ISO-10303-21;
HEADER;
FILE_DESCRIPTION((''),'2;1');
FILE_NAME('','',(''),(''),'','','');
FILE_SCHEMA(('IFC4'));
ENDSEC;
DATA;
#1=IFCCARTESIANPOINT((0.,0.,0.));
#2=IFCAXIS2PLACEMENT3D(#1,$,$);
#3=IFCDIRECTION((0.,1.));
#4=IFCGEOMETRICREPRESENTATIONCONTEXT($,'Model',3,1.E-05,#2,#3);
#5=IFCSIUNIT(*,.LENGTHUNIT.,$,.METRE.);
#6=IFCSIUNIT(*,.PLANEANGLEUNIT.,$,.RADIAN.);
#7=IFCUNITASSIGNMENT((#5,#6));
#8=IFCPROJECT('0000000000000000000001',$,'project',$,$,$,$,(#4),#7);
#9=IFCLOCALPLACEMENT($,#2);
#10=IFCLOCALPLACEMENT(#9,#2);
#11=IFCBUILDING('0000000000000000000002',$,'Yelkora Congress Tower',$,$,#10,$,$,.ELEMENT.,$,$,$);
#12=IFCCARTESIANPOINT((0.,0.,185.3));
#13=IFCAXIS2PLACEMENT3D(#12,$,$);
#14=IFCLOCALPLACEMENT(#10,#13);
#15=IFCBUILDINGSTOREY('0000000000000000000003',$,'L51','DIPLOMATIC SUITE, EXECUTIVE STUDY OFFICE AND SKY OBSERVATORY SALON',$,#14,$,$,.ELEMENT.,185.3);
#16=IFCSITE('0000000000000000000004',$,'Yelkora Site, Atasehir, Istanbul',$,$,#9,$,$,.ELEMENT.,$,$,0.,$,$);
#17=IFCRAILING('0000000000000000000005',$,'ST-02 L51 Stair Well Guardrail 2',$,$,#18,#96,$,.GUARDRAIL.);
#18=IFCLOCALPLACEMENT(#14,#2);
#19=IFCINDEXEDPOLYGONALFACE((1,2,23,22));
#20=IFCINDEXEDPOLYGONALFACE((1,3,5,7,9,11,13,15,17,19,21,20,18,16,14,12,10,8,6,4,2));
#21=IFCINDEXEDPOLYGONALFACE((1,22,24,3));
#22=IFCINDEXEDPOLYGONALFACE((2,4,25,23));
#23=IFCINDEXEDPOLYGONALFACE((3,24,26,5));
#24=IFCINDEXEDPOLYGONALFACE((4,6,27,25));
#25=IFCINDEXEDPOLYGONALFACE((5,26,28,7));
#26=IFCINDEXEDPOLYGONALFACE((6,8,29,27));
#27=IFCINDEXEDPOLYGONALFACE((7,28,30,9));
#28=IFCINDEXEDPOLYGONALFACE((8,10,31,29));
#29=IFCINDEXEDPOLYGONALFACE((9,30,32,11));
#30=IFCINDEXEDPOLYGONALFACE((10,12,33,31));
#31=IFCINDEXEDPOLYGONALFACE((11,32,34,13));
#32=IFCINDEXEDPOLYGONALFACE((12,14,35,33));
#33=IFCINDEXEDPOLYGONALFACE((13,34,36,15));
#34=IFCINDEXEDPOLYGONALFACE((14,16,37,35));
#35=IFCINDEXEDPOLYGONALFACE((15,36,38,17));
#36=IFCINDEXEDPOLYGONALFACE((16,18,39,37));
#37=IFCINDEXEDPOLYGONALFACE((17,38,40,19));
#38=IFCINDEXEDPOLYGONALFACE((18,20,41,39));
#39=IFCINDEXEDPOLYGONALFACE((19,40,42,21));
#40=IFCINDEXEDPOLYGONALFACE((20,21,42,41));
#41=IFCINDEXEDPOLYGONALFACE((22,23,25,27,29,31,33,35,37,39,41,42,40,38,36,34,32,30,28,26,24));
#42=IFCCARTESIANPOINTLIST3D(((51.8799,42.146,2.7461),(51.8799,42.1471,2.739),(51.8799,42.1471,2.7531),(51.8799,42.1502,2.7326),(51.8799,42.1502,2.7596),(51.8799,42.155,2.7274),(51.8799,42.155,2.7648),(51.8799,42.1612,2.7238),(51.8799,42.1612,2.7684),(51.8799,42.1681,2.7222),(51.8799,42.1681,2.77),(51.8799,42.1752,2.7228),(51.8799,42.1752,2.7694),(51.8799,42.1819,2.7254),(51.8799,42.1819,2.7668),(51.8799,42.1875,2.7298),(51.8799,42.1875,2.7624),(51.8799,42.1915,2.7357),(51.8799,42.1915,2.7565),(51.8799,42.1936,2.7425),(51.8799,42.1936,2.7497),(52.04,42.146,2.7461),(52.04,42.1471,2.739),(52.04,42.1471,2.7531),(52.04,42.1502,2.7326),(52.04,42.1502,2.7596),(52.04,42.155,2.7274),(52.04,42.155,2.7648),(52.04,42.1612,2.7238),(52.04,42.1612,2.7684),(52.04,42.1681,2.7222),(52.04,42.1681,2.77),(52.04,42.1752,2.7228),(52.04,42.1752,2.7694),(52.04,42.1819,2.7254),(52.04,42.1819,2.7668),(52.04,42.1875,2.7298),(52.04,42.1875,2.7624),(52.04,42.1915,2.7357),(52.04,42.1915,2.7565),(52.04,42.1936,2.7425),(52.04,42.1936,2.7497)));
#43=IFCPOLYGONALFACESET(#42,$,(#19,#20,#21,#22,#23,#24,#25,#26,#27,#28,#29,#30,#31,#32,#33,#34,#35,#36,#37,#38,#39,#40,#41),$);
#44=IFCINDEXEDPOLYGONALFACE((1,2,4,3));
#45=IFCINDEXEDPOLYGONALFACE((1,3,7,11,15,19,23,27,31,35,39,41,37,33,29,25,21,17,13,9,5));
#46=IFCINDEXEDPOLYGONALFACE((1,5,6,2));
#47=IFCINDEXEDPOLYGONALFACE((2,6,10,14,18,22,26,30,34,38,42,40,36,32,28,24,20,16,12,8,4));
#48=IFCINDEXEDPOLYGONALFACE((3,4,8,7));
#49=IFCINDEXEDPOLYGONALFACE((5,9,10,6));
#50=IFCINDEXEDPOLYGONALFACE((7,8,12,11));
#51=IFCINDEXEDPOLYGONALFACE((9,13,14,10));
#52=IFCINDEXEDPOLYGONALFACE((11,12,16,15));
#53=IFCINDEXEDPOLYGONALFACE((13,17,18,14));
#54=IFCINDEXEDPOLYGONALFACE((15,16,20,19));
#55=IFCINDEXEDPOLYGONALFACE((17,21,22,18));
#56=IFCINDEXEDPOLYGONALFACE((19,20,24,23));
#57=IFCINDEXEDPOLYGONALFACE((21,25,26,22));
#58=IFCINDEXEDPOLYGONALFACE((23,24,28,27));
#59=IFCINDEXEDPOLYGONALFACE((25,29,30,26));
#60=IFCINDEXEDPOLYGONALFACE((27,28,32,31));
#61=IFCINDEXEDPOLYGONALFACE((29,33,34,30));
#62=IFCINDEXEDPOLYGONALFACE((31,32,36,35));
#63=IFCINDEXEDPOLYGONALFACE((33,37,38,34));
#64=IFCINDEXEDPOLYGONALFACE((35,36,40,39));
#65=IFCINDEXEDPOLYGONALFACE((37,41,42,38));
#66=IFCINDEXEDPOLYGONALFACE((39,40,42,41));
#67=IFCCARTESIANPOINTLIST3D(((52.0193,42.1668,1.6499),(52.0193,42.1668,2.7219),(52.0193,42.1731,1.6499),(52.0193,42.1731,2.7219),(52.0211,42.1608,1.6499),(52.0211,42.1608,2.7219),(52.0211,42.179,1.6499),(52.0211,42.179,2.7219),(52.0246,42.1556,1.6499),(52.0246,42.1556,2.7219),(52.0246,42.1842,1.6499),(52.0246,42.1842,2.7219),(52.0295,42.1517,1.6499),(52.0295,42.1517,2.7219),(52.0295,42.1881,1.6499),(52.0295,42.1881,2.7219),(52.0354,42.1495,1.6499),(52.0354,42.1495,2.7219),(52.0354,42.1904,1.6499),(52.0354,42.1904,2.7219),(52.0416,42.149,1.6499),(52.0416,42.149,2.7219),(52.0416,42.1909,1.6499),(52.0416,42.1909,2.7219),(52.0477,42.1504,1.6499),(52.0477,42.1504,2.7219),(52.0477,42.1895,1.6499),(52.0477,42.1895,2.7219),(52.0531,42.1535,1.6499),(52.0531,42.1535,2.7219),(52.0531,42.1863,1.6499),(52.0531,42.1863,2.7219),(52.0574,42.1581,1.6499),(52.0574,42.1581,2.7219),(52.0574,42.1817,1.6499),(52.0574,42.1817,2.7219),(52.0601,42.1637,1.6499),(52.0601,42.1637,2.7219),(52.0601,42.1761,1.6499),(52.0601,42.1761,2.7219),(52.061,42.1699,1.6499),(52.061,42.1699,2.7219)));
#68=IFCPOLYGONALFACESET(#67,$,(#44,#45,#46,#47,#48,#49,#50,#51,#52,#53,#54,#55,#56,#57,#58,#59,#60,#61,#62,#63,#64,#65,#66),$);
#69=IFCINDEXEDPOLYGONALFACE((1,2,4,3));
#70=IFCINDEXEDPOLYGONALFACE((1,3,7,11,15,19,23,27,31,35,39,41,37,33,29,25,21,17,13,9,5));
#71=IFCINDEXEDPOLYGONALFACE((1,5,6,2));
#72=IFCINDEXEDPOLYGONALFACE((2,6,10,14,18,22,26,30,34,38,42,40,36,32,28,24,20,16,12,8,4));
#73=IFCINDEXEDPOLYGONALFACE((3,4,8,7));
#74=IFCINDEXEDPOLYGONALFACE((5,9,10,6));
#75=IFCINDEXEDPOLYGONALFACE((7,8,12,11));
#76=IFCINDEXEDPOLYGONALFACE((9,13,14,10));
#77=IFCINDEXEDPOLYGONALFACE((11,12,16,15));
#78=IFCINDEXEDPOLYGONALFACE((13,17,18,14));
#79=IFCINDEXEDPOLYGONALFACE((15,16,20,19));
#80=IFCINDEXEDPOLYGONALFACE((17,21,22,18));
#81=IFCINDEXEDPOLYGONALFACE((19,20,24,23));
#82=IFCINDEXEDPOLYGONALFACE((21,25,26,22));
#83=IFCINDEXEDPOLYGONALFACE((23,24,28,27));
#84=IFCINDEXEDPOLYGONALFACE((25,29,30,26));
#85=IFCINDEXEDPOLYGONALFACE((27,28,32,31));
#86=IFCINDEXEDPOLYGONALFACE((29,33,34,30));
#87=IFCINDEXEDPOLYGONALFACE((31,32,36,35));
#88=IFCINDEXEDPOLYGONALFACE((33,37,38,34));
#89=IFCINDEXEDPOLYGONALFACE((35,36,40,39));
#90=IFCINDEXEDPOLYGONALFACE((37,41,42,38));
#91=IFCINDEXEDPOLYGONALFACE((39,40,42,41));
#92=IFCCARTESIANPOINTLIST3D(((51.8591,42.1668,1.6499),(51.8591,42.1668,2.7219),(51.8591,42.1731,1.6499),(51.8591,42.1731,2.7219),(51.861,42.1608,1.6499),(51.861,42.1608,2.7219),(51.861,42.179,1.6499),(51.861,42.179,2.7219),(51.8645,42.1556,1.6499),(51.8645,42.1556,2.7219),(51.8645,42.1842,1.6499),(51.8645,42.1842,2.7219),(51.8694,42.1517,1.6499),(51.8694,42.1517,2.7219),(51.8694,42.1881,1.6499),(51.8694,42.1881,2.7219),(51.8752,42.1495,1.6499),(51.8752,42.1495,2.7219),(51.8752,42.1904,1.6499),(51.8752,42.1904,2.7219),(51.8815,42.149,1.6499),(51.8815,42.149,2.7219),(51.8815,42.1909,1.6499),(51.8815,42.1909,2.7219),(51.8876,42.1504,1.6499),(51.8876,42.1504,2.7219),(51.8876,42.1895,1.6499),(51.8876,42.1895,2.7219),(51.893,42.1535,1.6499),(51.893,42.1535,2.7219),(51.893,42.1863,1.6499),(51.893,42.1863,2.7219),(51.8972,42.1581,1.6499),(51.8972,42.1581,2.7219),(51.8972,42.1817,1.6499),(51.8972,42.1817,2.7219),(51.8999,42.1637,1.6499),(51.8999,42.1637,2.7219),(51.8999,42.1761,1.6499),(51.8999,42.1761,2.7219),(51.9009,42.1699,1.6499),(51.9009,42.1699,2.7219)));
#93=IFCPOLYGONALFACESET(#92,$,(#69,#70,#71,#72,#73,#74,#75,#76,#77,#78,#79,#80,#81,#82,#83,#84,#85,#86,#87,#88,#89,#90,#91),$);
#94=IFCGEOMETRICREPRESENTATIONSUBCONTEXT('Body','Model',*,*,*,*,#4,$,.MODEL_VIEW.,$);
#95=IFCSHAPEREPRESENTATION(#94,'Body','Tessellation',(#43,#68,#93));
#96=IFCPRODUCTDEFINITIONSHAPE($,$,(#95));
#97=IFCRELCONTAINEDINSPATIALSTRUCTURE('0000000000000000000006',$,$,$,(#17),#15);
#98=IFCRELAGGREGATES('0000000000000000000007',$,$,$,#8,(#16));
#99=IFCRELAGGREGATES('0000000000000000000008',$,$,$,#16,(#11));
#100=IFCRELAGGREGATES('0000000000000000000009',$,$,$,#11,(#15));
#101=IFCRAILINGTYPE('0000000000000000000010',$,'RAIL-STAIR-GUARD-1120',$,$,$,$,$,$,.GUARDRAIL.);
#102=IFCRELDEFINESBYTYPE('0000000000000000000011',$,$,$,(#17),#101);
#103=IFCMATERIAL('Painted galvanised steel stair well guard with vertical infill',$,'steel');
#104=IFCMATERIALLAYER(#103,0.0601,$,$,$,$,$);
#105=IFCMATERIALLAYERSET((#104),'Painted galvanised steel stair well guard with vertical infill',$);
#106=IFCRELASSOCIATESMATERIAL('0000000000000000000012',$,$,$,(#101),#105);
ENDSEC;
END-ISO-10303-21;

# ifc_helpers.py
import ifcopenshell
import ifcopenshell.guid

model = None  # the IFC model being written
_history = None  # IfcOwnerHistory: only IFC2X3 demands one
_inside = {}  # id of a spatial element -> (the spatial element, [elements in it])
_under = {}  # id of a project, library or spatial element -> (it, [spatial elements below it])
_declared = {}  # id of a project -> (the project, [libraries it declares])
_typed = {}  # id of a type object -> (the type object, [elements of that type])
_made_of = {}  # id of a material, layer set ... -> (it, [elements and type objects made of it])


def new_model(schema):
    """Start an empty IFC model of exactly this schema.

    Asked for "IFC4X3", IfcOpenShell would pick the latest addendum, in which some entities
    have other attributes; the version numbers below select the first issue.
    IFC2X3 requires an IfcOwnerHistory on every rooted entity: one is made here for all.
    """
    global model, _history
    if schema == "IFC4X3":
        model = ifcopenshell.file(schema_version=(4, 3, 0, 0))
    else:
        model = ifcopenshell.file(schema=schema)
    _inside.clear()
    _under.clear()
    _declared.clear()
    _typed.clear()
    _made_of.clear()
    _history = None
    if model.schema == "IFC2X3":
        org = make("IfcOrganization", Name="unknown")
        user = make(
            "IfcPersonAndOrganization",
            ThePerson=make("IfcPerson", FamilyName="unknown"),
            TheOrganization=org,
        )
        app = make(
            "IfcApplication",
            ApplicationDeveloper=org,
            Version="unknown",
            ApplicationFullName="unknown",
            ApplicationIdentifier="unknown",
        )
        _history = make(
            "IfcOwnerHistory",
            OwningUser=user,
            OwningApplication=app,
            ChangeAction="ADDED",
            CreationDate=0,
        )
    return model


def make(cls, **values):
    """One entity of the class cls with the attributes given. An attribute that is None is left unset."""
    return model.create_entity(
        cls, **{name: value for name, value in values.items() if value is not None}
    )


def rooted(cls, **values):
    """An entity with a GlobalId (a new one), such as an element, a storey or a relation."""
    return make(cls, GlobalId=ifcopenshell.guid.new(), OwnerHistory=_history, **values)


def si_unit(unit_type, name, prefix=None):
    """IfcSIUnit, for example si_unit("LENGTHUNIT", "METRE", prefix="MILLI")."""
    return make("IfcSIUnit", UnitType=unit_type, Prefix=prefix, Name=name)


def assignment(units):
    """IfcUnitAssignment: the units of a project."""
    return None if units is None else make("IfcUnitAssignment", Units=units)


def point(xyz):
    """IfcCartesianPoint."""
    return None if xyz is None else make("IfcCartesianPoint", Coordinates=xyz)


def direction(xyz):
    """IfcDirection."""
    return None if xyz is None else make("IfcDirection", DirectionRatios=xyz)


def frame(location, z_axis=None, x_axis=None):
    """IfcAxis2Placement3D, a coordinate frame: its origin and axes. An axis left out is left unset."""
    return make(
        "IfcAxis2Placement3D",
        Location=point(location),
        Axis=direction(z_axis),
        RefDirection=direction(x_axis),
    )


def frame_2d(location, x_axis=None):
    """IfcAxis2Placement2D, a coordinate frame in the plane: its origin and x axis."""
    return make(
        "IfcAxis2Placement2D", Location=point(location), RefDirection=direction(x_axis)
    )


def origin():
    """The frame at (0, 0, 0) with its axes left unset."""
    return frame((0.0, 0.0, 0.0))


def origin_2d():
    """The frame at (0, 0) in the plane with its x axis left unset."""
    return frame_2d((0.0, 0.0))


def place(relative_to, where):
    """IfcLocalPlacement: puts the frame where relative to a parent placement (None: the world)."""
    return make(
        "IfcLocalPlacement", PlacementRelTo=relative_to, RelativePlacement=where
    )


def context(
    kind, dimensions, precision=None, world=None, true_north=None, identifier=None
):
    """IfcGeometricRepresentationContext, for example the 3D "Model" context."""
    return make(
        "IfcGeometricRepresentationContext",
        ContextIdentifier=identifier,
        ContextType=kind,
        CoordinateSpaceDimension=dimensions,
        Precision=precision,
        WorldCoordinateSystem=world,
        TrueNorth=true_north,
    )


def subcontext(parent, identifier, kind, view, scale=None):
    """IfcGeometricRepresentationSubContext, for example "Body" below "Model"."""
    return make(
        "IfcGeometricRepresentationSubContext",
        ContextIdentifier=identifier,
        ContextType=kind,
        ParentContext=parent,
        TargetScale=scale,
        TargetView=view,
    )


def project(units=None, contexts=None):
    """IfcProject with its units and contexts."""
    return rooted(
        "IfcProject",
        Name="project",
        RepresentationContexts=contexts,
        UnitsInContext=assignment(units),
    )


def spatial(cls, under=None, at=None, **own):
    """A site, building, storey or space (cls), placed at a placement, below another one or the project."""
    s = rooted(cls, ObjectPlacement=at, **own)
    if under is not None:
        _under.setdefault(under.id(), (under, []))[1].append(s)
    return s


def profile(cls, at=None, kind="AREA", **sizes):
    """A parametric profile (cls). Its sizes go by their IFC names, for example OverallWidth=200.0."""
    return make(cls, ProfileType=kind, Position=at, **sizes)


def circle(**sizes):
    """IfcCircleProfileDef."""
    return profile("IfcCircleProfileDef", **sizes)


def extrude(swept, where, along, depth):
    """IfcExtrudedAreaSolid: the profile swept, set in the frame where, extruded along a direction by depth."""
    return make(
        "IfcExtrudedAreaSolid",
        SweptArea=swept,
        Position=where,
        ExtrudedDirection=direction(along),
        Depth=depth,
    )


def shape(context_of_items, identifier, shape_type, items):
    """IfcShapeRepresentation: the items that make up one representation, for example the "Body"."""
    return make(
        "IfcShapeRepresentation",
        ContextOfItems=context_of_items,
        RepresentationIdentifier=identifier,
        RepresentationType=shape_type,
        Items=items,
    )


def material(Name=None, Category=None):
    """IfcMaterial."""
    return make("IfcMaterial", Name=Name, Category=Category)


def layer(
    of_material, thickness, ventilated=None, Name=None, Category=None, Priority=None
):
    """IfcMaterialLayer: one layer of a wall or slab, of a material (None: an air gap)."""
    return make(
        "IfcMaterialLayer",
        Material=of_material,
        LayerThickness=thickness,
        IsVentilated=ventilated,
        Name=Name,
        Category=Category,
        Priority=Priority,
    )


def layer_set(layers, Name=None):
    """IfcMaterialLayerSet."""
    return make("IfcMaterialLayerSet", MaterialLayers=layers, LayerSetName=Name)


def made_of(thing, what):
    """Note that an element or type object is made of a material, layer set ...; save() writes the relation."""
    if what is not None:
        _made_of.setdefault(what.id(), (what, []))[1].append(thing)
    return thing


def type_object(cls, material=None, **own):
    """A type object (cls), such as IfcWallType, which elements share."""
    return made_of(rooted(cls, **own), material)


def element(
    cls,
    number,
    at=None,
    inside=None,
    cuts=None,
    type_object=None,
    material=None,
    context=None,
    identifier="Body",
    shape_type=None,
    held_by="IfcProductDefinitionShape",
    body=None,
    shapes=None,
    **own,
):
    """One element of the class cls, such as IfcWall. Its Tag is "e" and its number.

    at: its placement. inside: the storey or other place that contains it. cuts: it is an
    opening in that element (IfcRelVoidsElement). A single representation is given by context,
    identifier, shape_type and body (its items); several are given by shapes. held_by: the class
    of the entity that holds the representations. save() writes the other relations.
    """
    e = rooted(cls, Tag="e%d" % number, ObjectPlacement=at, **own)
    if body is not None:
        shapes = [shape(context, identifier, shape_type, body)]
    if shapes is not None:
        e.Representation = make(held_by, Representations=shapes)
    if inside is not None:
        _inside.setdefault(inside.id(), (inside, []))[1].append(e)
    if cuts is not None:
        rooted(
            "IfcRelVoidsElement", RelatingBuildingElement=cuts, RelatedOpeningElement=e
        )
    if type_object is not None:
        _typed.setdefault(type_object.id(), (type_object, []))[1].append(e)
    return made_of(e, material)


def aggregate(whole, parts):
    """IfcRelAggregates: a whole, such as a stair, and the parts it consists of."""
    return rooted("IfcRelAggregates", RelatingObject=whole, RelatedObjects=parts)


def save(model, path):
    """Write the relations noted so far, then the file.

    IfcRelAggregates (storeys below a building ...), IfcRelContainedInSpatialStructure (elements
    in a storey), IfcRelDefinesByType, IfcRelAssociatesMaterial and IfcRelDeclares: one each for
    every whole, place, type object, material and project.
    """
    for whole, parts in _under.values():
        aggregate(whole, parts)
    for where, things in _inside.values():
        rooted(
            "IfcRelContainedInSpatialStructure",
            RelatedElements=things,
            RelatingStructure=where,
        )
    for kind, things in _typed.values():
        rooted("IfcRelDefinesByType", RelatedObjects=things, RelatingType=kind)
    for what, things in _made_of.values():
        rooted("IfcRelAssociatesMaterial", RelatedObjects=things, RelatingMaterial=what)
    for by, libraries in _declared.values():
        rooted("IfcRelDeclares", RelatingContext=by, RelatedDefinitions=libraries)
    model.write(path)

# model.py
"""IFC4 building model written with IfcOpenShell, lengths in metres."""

from ifc_helpers import new_model, si_unit, direction, frame, origin, origin_2d, place, context, subcontext, project, spatial, circle, extrude, material, layer, layer_set, type_object, element, save


model = new_model("IFC4")

# Units and contexts
model_context = context("Model", 3, precision=1e-05, world=origin(), true_north=direction((0.0, 1.0)))
body_context = subcontext(model_context, "Body", "Model", "MODEL_VIEW")
ifc_project = project(units=[si_unit("LENGTHUNIT", "METRE"), si_unit("PLANEANGLEUNIT", "RADIAN")], contexts=[model_context])

# Site, building, storey
site_placement = place(None, origin())
site = spatial("IfcSite", under=ifc_project, at=site_placement, Name="Yelkora Site, Atasehir, Istanbul", CompositionType="ELEMENT", RefElevation=0.0)
building_placement = place(site_placement, origin())
building = spatial("IfcBuilding", under=site, at=building_placement, Name="Yelkora Congress Tower", CompositionType="ELEMENT")
storey_placement = place(building_placement, frame((0.0, 0.0, 185.3)))
storey = spatial("IfcBuildingStorey", under=building, at=storey_placement, Name="L51", Description="DIPLOMATIC SUITE, EXECUTIVE STUDY OFFICE AND SKY OBSERVATORY SALON", CompositionType="ELEMENT", Elevation=185.3)

# Railing
ifc_material_1 = material(Name="Painted galvanised steel stair well guard with vertical infill", Category="steel")
ifc_layer_1 = layer(ifc_material_1, 0.0601)
ifc_layer_set_1 = layer_set([ifc_layer_1], Name="Painted galvanised steel stair well guard with vertical infill")
railing_type_1 = type_object("IfcRailingType", Name="RAIL-STAIR-GUARD-1120", PredefinedType="GUARDRAIL", material=ifc_layer_set_1)
railing_1_placement = place(storey_placement, frame((52.04, 42.1699, 1.6499)))
element("IfcRailing", 1, at=railing_1_placement, inside=storey, type_object=railing_type_1, Name="ST-02 L51 Stair Well Guardrail 2", PredefinedType="GUARDRAIL", context=body_context, shape_type="SweptSolid", body=[
    extrude(circle(Radius=0.0239, at=origin_2d()), frame((0.0, 0.0, 1.0962), z_axis=(-1.0, 0.0, 0.0), x_axis=(0.0, -1.0, 0.0)), (0.0, 0.0, 1.0), 0.1602),
    extrude(circle(Radius=0.021, at=origin_2d()), origin(), (0.0, 0.0, 1.0), 1.072),
    extrude(circle(Radius=0.021, at=origin_2d()), frame((-0.1602, 0.0, 0.0)), (0.0, 0.0, 1.0), 1.072),
])

save(model, "model.ifc")
